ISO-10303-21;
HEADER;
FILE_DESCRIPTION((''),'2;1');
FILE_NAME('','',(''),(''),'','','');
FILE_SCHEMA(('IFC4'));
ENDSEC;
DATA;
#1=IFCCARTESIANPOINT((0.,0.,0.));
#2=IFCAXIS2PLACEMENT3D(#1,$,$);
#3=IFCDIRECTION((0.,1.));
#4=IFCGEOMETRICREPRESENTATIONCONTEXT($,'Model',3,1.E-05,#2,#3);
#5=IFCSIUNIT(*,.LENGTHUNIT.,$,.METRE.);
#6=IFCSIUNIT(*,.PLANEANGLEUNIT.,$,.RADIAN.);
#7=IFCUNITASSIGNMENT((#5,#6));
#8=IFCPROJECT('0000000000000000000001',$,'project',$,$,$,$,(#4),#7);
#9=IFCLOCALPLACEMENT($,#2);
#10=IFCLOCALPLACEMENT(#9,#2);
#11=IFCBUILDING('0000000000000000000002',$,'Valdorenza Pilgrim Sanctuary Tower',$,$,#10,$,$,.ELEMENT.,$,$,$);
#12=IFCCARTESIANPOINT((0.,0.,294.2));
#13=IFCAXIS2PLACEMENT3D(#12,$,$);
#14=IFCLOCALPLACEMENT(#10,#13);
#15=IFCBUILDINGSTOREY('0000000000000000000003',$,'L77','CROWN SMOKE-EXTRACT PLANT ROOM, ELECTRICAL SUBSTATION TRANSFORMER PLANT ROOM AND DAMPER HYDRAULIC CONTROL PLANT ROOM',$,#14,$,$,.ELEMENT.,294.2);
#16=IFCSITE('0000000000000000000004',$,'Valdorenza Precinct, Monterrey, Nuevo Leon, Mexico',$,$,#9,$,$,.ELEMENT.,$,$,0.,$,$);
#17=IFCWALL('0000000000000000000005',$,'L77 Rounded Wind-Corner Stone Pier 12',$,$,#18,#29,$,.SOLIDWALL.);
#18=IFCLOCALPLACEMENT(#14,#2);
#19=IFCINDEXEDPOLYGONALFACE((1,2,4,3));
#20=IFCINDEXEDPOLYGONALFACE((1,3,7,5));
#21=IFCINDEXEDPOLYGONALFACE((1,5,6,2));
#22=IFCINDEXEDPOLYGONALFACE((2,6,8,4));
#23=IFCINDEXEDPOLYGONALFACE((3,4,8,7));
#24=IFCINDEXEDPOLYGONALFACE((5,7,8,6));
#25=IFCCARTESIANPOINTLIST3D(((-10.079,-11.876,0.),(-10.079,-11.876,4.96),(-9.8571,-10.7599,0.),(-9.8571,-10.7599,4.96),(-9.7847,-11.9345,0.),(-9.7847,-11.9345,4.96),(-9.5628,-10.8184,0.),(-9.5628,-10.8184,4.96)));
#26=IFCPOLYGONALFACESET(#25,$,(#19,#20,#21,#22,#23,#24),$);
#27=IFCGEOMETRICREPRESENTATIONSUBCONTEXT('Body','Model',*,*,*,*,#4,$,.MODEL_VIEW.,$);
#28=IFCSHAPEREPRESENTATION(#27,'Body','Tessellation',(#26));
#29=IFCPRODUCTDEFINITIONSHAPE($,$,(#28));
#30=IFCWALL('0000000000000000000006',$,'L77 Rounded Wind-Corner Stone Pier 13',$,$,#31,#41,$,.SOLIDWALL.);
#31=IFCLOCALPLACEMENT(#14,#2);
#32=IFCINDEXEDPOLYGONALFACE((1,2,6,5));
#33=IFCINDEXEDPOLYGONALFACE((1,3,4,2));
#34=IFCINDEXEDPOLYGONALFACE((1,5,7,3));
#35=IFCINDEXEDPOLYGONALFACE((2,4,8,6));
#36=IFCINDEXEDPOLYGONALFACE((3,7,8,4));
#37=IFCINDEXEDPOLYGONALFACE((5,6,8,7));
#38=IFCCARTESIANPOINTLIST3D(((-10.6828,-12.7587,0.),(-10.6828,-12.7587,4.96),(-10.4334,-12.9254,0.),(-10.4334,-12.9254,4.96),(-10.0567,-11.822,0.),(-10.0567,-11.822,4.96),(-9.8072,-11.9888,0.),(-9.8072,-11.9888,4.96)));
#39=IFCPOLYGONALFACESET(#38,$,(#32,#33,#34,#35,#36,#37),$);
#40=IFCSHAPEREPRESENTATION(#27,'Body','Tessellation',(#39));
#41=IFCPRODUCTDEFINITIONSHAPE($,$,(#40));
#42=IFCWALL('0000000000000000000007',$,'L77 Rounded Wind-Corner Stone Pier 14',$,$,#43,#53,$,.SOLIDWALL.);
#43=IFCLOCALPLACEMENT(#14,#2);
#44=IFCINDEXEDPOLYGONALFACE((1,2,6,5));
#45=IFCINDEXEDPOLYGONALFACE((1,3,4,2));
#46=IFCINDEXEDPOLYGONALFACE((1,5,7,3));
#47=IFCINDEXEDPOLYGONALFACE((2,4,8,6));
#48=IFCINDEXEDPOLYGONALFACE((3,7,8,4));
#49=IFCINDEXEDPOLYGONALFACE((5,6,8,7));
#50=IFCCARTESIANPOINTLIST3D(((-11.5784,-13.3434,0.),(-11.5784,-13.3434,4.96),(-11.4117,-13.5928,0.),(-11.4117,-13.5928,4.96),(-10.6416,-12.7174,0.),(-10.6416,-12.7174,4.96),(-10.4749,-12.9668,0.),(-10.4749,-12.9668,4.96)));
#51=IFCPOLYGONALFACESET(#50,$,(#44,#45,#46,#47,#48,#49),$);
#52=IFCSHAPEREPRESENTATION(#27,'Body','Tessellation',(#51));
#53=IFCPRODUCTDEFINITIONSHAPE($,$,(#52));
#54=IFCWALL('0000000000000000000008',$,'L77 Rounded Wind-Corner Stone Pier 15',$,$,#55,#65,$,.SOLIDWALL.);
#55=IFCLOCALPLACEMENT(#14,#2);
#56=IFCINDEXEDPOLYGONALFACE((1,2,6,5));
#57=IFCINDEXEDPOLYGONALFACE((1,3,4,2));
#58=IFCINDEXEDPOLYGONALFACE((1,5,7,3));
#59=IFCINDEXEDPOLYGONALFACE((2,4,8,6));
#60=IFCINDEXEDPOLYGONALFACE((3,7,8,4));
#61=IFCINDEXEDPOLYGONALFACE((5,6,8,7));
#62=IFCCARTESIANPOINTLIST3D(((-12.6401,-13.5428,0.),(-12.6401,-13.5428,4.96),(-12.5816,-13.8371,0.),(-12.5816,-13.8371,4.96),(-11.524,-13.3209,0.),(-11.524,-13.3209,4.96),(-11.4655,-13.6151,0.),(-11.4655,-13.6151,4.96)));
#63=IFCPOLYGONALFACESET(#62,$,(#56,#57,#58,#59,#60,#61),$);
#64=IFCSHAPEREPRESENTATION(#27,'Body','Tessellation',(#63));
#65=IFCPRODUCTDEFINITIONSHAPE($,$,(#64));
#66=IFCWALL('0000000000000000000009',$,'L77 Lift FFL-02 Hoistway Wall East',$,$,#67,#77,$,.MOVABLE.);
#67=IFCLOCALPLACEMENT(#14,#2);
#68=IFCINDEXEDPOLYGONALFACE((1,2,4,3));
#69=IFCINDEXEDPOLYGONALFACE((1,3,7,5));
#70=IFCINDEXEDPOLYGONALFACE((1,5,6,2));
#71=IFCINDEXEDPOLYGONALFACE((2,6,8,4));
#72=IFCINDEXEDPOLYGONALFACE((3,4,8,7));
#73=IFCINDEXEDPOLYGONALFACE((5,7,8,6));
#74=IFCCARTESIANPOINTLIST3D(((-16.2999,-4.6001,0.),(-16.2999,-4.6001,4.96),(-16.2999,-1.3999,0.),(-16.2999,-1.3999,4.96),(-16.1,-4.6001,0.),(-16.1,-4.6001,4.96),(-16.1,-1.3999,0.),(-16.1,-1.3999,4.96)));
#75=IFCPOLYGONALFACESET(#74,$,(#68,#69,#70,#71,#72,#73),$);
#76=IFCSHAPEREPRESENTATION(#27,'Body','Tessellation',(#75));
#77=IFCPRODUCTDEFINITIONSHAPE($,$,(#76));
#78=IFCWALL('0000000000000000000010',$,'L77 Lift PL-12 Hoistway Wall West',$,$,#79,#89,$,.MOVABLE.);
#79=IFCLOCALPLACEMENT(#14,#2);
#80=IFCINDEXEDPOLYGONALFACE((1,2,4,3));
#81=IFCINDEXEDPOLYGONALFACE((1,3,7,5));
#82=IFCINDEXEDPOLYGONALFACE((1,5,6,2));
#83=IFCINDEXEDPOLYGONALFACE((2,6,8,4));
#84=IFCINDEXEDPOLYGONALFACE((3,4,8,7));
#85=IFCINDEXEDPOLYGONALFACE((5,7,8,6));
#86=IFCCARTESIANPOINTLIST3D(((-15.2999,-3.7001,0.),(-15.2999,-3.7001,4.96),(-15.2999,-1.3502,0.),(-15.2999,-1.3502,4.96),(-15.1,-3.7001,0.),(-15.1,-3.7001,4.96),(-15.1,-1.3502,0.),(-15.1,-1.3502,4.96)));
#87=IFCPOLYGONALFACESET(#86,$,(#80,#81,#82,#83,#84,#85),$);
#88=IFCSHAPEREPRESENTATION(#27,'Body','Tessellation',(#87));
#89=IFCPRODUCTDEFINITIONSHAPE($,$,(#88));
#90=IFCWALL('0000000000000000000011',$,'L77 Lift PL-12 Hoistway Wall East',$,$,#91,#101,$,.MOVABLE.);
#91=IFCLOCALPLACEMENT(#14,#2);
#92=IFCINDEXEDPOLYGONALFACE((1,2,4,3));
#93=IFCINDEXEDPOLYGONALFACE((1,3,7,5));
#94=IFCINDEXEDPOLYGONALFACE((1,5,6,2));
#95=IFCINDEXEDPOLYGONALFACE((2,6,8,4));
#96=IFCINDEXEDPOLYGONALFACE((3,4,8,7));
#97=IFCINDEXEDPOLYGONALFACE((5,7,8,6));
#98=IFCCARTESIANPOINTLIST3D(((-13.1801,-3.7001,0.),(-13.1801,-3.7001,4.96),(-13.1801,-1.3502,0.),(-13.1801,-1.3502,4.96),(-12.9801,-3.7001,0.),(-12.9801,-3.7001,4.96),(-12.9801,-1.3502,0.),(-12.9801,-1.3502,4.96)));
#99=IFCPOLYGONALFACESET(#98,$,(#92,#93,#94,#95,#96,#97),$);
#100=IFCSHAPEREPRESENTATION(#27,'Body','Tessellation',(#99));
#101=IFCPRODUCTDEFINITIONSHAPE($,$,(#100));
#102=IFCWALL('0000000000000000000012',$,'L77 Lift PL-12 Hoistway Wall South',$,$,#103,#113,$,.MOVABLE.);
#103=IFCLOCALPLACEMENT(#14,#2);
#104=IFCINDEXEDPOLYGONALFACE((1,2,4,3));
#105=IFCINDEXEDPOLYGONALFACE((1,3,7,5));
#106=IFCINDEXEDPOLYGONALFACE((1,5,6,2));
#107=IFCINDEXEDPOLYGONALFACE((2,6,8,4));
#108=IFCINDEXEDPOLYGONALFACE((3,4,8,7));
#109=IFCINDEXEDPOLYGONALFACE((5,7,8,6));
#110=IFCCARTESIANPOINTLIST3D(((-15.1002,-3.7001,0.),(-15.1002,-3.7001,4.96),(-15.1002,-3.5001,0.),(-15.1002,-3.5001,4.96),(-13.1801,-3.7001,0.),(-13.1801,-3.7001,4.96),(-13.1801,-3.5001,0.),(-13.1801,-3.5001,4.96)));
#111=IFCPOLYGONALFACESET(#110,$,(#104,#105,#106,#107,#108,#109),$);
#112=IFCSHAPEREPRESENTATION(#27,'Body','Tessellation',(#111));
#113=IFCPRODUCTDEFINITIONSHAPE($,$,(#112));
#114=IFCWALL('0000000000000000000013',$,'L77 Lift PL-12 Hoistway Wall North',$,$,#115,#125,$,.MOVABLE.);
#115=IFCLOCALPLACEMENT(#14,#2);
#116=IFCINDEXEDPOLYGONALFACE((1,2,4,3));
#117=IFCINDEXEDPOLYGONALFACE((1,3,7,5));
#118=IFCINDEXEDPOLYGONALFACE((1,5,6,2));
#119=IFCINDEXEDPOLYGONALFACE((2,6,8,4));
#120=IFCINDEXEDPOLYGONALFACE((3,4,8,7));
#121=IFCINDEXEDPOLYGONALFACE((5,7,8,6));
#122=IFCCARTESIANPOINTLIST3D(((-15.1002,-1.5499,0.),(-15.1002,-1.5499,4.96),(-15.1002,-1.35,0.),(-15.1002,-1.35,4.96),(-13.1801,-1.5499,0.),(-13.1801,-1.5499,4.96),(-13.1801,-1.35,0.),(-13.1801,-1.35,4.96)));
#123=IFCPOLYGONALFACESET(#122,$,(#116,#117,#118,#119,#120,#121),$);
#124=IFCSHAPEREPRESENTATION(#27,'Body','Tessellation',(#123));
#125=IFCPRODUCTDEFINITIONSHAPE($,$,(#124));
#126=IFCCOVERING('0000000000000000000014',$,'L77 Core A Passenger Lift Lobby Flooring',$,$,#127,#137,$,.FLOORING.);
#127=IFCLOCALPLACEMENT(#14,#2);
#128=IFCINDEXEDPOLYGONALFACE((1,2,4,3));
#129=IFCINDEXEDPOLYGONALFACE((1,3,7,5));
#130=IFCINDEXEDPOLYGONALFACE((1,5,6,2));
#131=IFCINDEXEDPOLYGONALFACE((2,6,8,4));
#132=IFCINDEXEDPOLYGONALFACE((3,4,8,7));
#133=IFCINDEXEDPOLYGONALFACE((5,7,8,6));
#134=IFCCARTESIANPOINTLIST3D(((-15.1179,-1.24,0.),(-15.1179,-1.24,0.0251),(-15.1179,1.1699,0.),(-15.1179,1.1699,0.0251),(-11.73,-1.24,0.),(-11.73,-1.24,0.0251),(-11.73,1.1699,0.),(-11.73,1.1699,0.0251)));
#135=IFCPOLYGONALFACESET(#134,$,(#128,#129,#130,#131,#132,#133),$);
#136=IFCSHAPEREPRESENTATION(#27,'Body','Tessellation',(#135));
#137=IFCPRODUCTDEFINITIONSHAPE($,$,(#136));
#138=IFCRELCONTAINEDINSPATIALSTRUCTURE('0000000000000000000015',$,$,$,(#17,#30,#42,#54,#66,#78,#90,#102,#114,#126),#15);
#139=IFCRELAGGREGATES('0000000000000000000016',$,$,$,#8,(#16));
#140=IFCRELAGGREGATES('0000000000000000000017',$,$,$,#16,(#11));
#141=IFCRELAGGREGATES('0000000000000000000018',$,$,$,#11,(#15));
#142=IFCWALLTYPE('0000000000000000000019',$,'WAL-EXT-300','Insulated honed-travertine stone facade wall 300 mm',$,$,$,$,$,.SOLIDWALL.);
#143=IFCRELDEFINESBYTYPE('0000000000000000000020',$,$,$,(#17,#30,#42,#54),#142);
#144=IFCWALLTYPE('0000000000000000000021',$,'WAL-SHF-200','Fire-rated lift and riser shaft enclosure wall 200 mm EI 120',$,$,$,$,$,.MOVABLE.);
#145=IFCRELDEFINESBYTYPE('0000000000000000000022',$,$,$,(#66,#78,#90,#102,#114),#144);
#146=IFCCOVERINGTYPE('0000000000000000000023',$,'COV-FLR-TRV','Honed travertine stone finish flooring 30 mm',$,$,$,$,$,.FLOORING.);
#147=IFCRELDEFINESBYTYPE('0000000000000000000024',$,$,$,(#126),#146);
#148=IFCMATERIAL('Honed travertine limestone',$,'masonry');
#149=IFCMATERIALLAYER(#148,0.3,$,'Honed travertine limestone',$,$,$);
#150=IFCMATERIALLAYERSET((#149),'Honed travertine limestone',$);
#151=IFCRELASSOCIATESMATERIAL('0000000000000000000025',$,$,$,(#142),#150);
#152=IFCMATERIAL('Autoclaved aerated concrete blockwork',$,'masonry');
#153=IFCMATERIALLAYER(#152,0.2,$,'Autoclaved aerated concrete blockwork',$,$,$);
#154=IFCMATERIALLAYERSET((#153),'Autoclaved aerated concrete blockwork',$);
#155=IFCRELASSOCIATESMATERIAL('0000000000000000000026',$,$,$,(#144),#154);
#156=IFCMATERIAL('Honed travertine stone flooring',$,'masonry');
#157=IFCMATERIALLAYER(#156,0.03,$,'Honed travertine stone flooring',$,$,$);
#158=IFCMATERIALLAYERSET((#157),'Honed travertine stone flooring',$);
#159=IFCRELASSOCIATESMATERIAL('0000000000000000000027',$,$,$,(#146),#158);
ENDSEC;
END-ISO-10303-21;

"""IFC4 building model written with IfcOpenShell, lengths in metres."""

from ifc_helpers import new_model, si_unit, direction, frame, frame_2d, origin, place, context, subcontext, project, spatial, polyline, rectangle, outline, extrude, material, layer, layer_set, type_object, element, save


model = new_model("IFC4")

# Units and contexts
model_context = context("Model", 3, precision=1e-05, world=origin(), true_north=direction((0.0, 1.0)))
body_context = subcontext(model_context, "Body", "Model", "MODEL_VIEW")
ifc_project = project(units=[si_unit("LENGTHUNIT", "METRE"), si_unit("PLANEANGLEUNIT", "RADIAN")], contexts=[model_context])

# Site, building, storey
site_placement = place(None, origin())
site = spatial("IfcSite", under=ifc_project, at=site_placement, Name="Valdorenza Precinct, Monterrey, Nuevo Leon, Mexico", CompositionType="ELEMENT", RefElevation=0.0)
building_placement = place(site_placement, origin())
building = spatial("IfcBuilding", under=site, at=building_placement, Name="Valdorenza Pilgrim Sanctuary Tower", CompositionType="ELEMENT")
storey_placement = place(building_placement, frame((0.0, 0.0, 294.2)))
storey = spatial("IfcBuildingStorey", under=building, at=storey_placement, Name="L77", Description="CROWN SMOKE-EXTRACT PLANT ROOM, ELECTRICAL SUBSTATION TRANSFORMER PLANT ROOM AND DAMPER HYDRAULIC CONTROL PLANT ROOM", CompositionType="ELEMENT", Elevation=294.2)

# Walls
ifc_material_1 = material(Name="Honed travertine limestone", Category="masonry")
ifc_layer_1 = layer(ifc_material_1, 0.3, Name="Honed travertine limestone")
ifc_layer_set_1 = layer_set([ifc_layer_1], Name="Honed travertine limestone")
wall_type_1 = type_object("IfcWallType", Name="WAL-EXT-300", Description="Insulated honed-travertine stone facade wall 300 mm", PredefinedType="SOLIDWALL", material=ifc_layer_set_1)
wall_1_placement = place(storey_placement, frame((-9.71, -10.7893, 0.0), z_axis=(0.0, 0.0, 1.0), x_axis=(-0.195043, -0.980795, 0.0)))
element("IfcWall", 1, at=wall_1_placement, inside=storey, type_object=wall_type_1, Name="L77 Rounded Wind-Corner Stone Pier 12", PredefinedType="SOLIDWALL", context=body_context, shape_type="SweptSolid", body=[
    extrude(rectangle(XDim=1.1379, YDim=0.3, at=frame_2d((0.5688, 0.0))), origin(), (0.0, 0.0, 1.0), 4.96),
])
for number, where, z_axis, x_axis, name in (
    (2, (-9.9319, -11.9053, 0.0), (0.0, 0.0, 1.0), (-0.55575, -0.83135, 0.0), "L77 Rounded Wind-Corner Stone Pier 13"),
    (3, (-10.5581, -12.842, 0.0), (0.0, 0.0, 1.0), (-0.83145, -0.5556, 0.0), "L77 Rounded Wind-Corner Stone Pier 14"),
):
    element("IfcWall", number, at=place(storey_placement, frame(where, z_axis=z_axis, x_axis=x_axis)), inside=storey, type_object=wall_type_1, Name=name, PredefinedType="SOLIDWALL", context=body_context, shape_type="SweptSolid", body=[
        extrude(rectangle(XDim=1.1267, YDim=0.3, at=frame_2d((0.5635, 0.0))), origin(), (0.0, 0.0, 1.0), 4.96),
    ])
wall_2_placement = place(storey_placement, frame((-11.4949, -13.468, 0.0), z_axis=(0.0, 0.0, 1.0), x_axis=(-0.980795, -0.195043, 0.0)))
element("IfcWall", 4, at=wall_2_placement, inside=storey, type_object=wall_type_1, Name="L77 Rounded Wind-Corner Stone Pier 15", PredefinedType="SOLIDWALL", context=body_context, shape_type="SweptSolid", body=[
    extrude(rectangle(XDim=1.1379, YDim=0.3, at=frame_2d((0.5688, 0.0))), origin(), (0.0, 0.0, 1.0), 4.96),
])

# Walls
ifc_material_2 = material(Name="Autoclaved aerated concrete blockwork", Category="masonry")
ifc_layer_2 = layer(ifc_material_2, 0.2, Name="Autoclaved aerated concrete blockwork")
ifc_layer_set_2 = layer_set([ifc_layer_2], Name="Autoclaved aerated concrete blockwork")
wall_type_2 = type_object("IfcWallType", Name="WAL-SHF-200", Description="Fire-rated lift and riser shaft enclosure wall 200 mm EI 120", PredefinedType="MOVABLE", material=ifc_layer_set_2)
wall_3_placement = place(storey_placement, frame((-16.2, -4.6001, 0.0), z_axis=(0.0, 0.0, 1.0), x_axis=(0.0, 1.0, 0.0)))
element("IfcWall", 5, at=wall_3_placement, inside=storey, type_object=wall_type_2, Name="L77 Lift FFL-02 Hoistway Wall East", PredefinedType="MOVABLE", context=body_context, shape_type="SweptSolid", body=[
    extrude(rectangle(XDim=3.2002, YDim=0.2, at=frame_2d((1.6001, 0.0))), origin(), (0.0, 0.0, 1.0), 4.96),
])
for number, where, z_axis, x_axis, name in (
    (6, (-15.2, -3.7, 0.0), (0.0, 0.0, 1.0), (0.0, 1.0, 0.0), "L77 Lift PL-12 Hoistway Wall West"),
    (7, (-13.0801, -3.7, 0.0), (0.0, 0.0, 1.0), (0.0, 1.0, 0.0), "L77 Lift PL-12 Hoistway Wall East"),
):
    element("IfcWall", number, at=place(storey_placement, frame(where, z_axis=z_axis, x_axis=x_axis)), inside=storey, type_object=wall_type_2, Name=name, PredefinedType="MOVABLE", context=body_context, shape_type="SweptSolid", body=[
        extrude(rectangle(XDim=2.3499, YDim=0.2, at=frame_2d((1.1748, 0.0))), origin(), (0.0, 0.0, 1.0), 4.96),
    ])
for number, where, z_axis, x_axis, name in (
    (8, (-15.1001, -3.6001, 0.0), (0.0, 0.0, 1.0), (1.0, 0.0, 0.0), "L77 Lift PL-12 Hoistway Wall South"),
    (9, (-15.1001, -1.45, 0.0), (0.0, 0.0, 1.0), (1.0, 0.0, 0.0), "L77 Lift PL-12 Hoistway Wall North"),
):
    element("IfcWall", number, at=place(storey_placement, frame(where, z_axis=z_axis, x_axis=x_axis)), inside=storey, type_object=wall_type_2, Name=name, PredefinedType="MOVABLE", context=body_context, shape_type="SweptSolid", body=[
        extrude(rectangle(XDim=1.9202, YDim=0.2, at=frame_2d((0.96, 0.0))), origin(), (0.0, 0.0, 1.0), 4.96),
    ])

# Covering
ifc_material_3 = material(Name="Honed travertine stone flooring", Category="masonry")
ifc_layer_3 = layer(ifc_material_3, 0.03, Name="Honed travertine stone flooring")
ifc_layer_set_3 = layer_set([ifc_layer_3], Name="Honed travertine stone flooring")
covering_type = type_object("IfcCoveringType", Name="COV-FLR-TRV", Description="Honed travertine stone finish flooring 30 mm", PredefinedType="FLOORING", material=ifc_layer_set_3)
covering_placement = place(storey_placement, origin())
element("IfcCovering", 10, at=covering_placement, inside=storey, type_object=covering_type, Name="L77 Core A Passenger Lift Lobby Flooring", PredefinedType="FLOORING", context=body_context, shape_type="SweptSolid", body=[
    extrude(outline(polyline([(-15.1179, 1.1699), (-11.73, 1.1699), (-11.73, -1.24), (-15.1179, -1.24), (-15.1179, 1.1699)])), origin(), (0.0, 0.0, 1.0), 0.0251),
])

save(model, "model.ifc")
